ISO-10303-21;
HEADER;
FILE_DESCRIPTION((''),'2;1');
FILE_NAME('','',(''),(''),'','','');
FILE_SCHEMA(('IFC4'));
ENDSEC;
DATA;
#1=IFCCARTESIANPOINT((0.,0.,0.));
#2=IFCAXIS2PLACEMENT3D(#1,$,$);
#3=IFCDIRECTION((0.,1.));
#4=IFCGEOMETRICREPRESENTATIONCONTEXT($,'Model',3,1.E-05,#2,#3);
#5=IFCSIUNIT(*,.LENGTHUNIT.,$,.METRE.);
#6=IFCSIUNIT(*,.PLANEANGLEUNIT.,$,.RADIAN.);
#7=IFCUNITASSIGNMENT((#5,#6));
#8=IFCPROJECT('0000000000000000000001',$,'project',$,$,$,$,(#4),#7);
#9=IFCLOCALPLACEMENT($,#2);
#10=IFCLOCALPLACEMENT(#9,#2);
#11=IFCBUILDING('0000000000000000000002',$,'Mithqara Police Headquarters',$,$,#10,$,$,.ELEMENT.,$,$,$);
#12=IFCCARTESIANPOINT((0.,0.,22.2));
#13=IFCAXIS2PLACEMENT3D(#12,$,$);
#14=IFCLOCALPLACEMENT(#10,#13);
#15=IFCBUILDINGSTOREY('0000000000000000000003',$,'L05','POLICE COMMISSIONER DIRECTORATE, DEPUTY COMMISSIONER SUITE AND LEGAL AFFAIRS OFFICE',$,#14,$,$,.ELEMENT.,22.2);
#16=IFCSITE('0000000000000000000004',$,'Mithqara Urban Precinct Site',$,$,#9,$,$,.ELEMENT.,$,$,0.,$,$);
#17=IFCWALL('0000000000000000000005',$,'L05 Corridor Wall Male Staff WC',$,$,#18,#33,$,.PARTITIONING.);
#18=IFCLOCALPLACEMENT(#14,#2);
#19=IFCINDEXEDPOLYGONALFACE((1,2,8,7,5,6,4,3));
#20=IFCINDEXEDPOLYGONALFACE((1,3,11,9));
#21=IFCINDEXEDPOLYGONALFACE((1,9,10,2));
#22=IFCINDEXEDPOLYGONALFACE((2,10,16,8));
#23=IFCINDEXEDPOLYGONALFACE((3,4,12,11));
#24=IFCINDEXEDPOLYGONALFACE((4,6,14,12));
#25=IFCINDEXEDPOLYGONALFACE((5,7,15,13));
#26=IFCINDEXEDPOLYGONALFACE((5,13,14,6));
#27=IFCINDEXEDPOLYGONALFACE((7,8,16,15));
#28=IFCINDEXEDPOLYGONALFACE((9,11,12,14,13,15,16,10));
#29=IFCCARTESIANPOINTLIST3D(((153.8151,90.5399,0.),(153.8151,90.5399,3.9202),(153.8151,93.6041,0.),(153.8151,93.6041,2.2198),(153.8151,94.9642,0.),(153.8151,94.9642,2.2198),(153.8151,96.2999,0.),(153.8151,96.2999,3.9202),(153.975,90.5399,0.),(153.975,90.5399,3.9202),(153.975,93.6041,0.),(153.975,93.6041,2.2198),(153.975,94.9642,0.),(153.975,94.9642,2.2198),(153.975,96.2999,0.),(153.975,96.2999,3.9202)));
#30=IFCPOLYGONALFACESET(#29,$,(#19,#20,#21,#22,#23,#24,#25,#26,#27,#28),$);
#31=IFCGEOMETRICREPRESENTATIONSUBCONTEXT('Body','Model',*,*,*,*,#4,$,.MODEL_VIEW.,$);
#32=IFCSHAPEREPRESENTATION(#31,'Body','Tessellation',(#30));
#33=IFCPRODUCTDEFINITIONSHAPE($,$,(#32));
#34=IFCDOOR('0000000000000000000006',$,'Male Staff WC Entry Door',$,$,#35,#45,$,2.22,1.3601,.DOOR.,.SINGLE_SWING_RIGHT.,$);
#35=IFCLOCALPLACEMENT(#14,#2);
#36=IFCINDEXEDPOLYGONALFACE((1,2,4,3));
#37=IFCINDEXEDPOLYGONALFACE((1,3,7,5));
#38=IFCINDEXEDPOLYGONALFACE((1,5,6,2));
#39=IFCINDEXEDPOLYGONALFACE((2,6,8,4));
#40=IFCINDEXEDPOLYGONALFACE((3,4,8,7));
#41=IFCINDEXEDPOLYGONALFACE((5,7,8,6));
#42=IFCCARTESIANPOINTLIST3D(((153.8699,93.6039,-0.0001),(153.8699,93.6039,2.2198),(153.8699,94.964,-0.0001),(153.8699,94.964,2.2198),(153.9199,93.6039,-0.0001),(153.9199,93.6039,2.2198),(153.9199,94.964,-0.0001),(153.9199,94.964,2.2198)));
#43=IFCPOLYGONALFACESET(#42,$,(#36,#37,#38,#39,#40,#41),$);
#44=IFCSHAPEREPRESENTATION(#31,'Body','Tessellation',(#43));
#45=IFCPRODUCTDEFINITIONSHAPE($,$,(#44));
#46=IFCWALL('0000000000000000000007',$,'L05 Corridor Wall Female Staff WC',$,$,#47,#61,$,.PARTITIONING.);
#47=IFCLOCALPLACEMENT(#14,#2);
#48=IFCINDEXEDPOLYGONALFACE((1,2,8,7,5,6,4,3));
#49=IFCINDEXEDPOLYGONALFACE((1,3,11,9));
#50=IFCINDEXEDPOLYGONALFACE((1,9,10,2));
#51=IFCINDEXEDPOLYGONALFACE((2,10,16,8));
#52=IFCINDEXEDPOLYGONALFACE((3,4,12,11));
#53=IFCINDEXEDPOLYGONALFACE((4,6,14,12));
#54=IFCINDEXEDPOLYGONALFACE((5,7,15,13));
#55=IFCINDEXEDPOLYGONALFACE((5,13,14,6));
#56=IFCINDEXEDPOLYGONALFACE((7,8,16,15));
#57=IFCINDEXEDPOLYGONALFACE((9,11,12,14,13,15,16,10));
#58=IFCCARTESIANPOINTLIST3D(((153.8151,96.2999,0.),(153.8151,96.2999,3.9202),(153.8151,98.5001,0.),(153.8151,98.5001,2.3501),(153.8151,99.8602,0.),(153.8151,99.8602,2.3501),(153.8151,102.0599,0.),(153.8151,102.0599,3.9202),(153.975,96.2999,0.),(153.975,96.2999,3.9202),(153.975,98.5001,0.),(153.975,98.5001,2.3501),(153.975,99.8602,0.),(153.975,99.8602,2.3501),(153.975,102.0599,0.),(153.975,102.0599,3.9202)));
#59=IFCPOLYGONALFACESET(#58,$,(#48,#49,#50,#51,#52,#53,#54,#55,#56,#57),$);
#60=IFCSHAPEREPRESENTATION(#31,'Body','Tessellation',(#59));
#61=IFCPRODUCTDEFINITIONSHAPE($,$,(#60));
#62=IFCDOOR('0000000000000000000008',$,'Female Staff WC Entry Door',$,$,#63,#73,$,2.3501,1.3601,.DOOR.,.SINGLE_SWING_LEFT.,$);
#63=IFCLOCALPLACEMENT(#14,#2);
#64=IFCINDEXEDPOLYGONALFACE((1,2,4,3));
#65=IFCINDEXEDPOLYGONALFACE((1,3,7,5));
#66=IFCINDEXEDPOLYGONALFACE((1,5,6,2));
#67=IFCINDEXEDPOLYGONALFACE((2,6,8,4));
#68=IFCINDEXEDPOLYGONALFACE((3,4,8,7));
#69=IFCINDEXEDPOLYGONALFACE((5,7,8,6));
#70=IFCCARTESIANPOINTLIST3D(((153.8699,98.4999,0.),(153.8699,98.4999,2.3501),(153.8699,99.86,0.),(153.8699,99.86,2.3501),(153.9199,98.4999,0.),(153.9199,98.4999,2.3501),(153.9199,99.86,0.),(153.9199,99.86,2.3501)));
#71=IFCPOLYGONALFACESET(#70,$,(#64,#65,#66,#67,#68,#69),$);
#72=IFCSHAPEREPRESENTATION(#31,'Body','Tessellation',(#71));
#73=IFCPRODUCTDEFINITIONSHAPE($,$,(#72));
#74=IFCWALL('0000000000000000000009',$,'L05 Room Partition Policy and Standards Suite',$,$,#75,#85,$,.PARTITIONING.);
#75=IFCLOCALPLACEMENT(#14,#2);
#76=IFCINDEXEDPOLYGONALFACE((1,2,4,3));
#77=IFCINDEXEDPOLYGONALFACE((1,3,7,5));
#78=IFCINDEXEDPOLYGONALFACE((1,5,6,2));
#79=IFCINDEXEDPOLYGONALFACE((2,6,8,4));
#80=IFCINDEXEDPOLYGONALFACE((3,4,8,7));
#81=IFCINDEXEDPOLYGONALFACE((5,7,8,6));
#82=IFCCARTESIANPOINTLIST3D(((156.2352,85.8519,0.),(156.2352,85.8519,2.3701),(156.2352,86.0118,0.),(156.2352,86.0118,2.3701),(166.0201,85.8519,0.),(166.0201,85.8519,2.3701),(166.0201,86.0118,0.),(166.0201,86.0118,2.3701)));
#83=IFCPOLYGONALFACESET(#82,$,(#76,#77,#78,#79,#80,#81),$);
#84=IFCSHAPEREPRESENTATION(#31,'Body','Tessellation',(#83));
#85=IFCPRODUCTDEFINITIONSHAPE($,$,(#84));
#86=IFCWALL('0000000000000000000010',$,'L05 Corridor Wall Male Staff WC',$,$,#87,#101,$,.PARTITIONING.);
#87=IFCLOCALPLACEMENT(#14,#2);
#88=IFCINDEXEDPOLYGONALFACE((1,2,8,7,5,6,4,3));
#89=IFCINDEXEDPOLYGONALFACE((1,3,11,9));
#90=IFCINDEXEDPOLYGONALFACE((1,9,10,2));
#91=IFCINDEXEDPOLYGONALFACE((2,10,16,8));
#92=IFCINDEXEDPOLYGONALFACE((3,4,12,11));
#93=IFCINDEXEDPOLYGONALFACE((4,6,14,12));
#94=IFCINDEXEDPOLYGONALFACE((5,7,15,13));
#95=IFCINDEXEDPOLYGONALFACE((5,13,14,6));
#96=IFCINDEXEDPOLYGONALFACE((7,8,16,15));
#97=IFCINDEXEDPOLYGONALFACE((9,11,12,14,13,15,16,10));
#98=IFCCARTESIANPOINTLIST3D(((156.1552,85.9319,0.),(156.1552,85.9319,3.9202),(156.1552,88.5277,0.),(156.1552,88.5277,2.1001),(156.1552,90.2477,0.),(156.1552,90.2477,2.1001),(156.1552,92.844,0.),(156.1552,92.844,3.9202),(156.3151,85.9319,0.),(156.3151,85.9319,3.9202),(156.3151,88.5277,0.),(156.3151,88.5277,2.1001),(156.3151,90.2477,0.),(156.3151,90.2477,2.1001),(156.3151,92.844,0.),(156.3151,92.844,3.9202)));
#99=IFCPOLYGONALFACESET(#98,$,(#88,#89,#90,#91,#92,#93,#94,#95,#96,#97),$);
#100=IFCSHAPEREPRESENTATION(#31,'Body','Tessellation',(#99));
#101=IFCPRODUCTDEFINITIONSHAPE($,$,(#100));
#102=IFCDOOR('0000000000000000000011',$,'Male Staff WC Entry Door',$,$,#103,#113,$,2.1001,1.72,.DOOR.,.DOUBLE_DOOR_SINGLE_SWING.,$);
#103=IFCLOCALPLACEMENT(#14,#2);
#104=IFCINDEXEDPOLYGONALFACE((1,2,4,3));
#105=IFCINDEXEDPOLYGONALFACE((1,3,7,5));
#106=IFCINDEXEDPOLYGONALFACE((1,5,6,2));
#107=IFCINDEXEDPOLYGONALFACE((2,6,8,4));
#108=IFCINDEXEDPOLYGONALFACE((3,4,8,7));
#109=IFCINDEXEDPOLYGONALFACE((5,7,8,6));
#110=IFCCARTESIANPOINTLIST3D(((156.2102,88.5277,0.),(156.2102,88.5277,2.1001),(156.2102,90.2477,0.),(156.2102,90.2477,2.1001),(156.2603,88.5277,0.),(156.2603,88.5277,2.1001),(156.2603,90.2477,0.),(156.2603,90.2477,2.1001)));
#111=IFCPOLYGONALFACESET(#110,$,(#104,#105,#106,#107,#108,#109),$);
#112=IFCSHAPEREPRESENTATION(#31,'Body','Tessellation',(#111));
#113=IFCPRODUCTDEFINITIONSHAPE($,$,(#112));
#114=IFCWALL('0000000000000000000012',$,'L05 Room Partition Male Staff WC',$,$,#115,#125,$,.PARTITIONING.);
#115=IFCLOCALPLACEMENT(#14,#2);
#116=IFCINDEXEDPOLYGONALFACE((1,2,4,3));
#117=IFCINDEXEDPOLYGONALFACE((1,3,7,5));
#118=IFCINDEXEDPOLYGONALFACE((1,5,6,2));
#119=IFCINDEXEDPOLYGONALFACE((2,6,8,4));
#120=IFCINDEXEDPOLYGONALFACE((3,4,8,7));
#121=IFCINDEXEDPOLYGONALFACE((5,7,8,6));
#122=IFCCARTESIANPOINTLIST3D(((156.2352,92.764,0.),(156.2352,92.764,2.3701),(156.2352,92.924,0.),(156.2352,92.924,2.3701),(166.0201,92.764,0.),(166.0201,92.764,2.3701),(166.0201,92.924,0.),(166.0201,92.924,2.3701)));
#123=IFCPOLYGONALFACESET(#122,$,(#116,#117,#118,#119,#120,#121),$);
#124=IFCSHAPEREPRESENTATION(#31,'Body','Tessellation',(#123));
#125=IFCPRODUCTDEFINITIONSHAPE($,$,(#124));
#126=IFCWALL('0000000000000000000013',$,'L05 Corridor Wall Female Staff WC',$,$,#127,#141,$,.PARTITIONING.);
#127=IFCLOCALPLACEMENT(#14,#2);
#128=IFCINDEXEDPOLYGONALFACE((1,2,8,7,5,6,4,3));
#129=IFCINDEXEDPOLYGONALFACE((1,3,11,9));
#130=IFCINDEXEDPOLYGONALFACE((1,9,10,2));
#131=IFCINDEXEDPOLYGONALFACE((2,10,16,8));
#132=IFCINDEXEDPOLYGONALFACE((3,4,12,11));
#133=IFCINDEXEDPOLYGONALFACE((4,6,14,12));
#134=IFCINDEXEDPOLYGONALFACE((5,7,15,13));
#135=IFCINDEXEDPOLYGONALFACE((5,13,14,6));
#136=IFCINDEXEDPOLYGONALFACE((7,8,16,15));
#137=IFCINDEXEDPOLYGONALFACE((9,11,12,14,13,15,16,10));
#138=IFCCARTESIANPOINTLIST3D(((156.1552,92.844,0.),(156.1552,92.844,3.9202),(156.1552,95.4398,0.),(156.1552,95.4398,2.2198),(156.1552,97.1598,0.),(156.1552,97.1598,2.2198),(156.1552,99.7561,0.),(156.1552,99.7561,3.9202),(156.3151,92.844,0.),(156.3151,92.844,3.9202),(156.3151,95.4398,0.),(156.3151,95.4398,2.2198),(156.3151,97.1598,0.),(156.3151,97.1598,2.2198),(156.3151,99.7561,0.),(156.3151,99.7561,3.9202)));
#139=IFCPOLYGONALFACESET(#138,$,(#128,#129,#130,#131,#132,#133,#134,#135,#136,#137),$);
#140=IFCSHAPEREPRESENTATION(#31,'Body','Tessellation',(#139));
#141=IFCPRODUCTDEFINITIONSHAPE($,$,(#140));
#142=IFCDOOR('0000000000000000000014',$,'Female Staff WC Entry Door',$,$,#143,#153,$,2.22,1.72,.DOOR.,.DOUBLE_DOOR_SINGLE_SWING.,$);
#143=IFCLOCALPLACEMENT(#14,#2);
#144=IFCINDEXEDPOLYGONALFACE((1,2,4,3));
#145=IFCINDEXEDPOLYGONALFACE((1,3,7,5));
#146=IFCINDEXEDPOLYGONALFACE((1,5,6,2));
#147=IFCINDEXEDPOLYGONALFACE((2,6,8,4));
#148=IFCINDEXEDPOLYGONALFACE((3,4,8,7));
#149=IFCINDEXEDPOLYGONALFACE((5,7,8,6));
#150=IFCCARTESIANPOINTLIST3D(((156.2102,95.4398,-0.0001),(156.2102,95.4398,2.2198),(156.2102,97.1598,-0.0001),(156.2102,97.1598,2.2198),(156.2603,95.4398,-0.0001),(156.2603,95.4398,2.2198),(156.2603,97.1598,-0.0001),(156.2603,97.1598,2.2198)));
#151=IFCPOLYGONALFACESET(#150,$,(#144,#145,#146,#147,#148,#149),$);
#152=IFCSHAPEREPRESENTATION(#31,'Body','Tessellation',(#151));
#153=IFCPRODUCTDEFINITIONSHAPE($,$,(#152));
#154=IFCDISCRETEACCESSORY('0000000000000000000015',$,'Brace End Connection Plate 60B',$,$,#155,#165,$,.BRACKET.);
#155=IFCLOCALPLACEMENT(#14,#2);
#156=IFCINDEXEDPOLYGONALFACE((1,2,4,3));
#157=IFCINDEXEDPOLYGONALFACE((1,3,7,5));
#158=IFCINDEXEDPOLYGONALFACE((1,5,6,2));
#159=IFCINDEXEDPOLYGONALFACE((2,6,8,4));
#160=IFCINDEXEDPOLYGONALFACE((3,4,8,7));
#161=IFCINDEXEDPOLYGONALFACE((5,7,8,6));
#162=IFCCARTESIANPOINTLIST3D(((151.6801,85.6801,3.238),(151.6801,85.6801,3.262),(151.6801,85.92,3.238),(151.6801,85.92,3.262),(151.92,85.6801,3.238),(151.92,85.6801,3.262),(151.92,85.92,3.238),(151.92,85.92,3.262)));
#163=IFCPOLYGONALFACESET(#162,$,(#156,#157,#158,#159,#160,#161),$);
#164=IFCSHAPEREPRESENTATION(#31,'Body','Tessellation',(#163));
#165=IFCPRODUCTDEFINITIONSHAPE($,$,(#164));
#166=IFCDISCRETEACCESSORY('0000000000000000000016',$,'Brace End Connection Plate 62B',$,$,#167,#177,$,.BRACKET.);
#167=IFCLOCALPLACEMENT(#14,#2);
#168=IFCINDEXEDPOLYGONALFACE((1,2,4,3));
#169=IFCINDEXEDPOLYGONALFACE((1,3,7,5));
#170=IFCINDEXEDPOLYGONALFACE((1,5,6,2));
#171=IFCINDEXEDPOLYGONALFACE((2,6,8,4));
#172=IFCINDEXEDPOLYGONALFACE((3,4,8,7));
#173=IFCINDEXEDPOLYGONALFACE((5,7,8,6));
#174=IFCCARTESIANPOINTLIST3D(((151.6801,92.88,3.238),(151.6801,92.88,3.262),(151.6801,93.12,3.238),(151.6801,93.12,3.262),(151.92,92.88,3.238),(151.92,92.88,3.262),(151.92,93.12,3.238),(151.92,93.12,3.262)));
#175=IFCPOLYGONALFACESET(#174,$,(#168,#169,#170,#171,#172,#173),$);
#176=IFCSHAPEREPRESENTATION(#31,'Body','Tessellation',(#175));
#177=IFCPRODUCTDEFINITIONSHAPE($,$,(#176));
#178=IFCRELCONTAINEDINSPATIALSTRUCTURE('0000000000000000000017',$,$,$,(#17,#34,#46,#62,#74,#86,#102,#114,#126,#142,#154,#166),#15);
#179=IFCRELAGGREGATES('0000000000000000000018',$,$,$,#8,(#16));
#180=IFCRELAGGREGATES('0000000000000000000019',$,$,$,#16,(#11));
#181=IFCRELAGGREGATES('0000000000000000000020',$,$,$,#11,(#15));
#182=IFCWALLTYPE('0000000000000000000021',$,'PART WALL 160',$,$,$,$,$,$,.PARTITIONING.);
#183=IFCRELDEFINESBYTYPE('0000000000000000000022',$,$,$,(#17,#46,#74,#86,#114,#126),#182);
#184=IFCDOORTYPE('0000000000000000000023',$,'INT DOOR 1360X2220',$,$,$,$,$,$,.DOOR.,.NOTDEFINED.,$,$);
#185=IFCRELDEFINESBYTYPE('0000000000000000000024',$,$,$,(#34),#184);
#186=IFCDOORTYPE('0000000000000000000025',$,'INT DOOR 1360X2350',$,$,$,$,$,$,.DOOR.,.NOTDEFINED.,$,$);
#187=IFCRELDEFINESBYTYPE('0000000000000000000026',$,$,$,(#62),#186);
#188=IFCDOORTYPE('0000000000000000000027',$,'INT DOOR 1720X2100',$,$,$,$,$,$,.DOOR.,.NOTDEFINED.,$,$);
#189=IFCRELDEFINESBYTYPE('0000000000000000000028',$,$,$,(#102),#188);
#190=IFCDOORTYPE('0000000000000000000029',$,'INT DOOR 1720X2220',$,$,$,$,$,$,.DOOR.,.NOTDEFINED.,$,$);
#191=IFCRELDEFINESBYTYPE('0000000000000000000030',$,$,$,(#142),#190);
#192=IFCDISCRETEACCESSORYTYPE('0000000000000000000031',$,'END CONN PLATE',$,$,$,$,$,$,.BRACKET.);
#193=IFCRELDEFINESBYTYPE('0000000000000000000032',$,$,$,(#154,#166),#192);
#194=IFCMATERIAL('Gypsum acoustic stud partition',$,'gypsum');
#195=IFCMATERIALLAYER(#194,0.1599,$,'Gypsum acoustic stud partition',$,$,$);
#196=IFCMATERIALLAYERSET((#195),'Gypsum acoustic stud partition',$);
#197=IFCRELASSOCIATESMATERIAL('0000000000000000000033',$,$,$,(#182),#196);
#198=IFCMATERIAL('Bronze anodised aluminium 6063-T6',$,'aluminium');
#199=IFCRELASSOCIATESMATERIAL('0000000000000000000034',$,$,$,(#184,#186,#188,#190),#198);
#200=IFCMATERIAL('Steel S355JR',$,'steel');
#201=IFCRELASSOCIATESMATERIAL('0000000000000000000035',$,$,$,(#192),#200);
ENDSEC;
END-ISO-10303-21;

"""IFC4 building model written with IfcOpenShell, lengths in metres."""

from ifc_helpers import new_model, si_unit, direction, frame, frame_2d, origin, origin_2d, place, context, subcontext, project, spatial, rectangle, extrude, material, layer, layer_set, type_object, element, fill, save


model = new_model("IFC4")

# Units and contexts
model_context = context("Model", 3, precision=1e-05, world=origin(), true_north=direction((0.0, 1.0)))
body_context = subcontext(model_context, "Body", "Model", "MODEL_VIEW")
ifc_project = project(units=[si_unit("LENGTHUNIT", "METRE"), si_unit("PLANEANGLEUNIT", "RADIAN")], contexts=[model_context])

# Site, building, storey
site_placement = place(None, origin())
site = spatial("IfcSite", under=ifc_project, at=site_placement, Name="Mithqara Urban Precinct Site", CompositionType="ELEMENT", RefElevation=0.0)
building_placement = place(site_placement, origin())
building = spatial("IfcBuilding", under=site, at=building_placement, Name="Mithqara Police Headquarters", CompositionType="ELEMENT")
storey_placement = place(building_placement, frame((0.0, 0.0, 22.2)))
storey = spatial("IfcBuildingStorey", under=building, at=storey_placement, Name="L05", Description="POLICE COMMISSIONER DIRECTORATE, DEPUTY COMMISSIONER SUITE AND LEGAL AFFAIRS OFFICE", CompositionType="ELEMENT", Elevation=22.2)

# Shared definitions
ifc_material_1 = material(Name="Steel S355JR", Category="steel")

# Walls, openings, doors
ifc_material_2 = material(Name="Gypsum acoustic stud partition", Category="gypsum")
ifc_layer = layer(ifc_material_2, 0.1599, Name="Gypsum acoustic stud partition")
ifc_layer_set = layer_set([ifc_layer], Name="Gypsum acoustic stud partition")
wall_type = type_object("IfcWallType", Name="PART WALL 160", PredefinedType="PARTITIONING", material=ifc_layer_set)
wall_1_placement = place(storey_placement, frame((153.895, 90.54, 0.0), z_axis=(0.0, 0.0, 1.0), x_axis=(0.0, 1.0, 0.0)))
wall_1 = element("IfcWall", 1, at=wall_1_placement, inside=storey, type_object=wall_type, Name="L05 Corridor Wall Male Staff WC", PredefinedType="PARTITIONING", context=body_context, shape_type="SweptSolid", body=[
    extrude(rectangle(XDim=5.76, YDim=0.1599, at=frame_2d((2.8799, 0.0))), origin(), (0.0, 0.0, 1.0), 3.9202),
])
opening_1_placement = place(wall_1_placement, frame((3.064, 0.0, 0.0)))
opening_1 = element("IfcOpeningElement", 2, at=opening_1_placement, cuts=wall_1, PredefinedType="OPENING", context=body_context, shape_type="SweptSolid", body=[
    extrude(rectangle(XDim=1.3601, YDim=2.22, at=frame_2d((0.6802, 1.1099))), frame((0.0, 0.0898, 0.0), z_axis=(0.0, -1.0, 0.0), x_axis=(1.0, 0.0, 0.0)), (0.0, 0.0, 1.0), 0.1799),
])
ifc_material_3 = material(Name="Bronze anodised aluminium 6063-T6", Category="aluminium")
door_type_1 = type_object("IfcDoorType", Name="INT DOOR 1360X2220", OperationType="NOTDEFINED", PredefinedType="DOOR", material=ifc_material_3)
door_1_placement = place(opening_1_placement, frame((1.3601, 0.0, 0.0), z_axis=(0.0, 0.0, 1.0), x_axis=(-1.0, 0.0, 0.0)))
door_1 = element("IfcDoor", 3, at=door_1_placement, inside=storey, type_object=door_type_1, Name="Male Staff WC Entry Door", OperationType="SINGLE_SWING_RIGHT", OverallHeight=2.22, OverallWidth=1.3601, PredefinedType="DOOR", context=body_context, shape_type="SweptSolid", body=[
    extrude(rectangle(XDim=1.3601, YDim=2.22, at=frame_2d((0.6802, 1.1099))), frame((0.0, 0.0249, 0.0), z_axis=(0.0, -1.0, 0.0), x_axis=(1.0, 0.0, 0.0)), (0.0, 0.0, 1.0), 0.05),
])
fill(opening_1, door_1)
wall_2_placement = place(storey_placement, frame((153.895, 96.3, 0.0), z_axis=(0.0, 0.0, 1.0), x_axis=(0.0, 1.0, 0.0)))
wall_2 = element("IfcWall", 4, at=wall_2_placement, inside=storey, type_object=wall_type, Name="L05 Corridor Wall Female Staff WC", PredefinedType="PARTITIONING", context=body_context, shape_type="SweptSolid", body=[
    extrude(rectangle(XDim=5.76, YDim=0.1599, at=frame_2d((2.8799, 0.0))), origin(), (0.0, 0.0, 1.0), 3.9202),
])
opening_2_placement = place(wall_2_placement, frame((2.2, 0.0, 0.0)))
opening_2 = element("IfcOpeningElement", 5, at=opening_2_placement, cuts=wall_2, PredefinedType="OPENING", context=body_context, shape_type="SweptSolid", body=[
    extrude(rectangle(XDim=1.3601, YDim=2.3501, at=frame_2d((0.6802, 1.175))), frame((0.0, 0.0898, 0.0), z_axis=(0.0, -1.0, 0.0), x_axis=(1.0, 0.0, 0.0)), (0.0, 0.0, 1.0), 0.1799),
])
door_type_2 = type_object("IfcDoorType", Name="INT DOOR 1360X2350", OperationType="NOTDEFINED", PredefinedType="DOOR", material=ifc_material_3)
door_2_placement = place(opening_2_placement, frame((1.3601, 0.0, 0.0), z_axis=(0.0, 0.0, 1.0), x_axis=(-1.0, 0.0, 0.0)))
door_2 = element("IfcDoor", 6, at=door_2_placement, inside=storey, type_object=door_type_2, Name="Female Staff WC Entry Door", OperationType="SINGLE_SWING_LEFT", OverallHeight=2.3501, OverallWidth=1.3601, PredefinedType="DOOR", context=body_context, shape_type="SweptSolid", body=[
    extrude(rectangle(XDim=1.3601, YDim=2.3501, at=frame_2d((0.6802, 1.175))), frame((0.0, 0.0249, 0.0), z_axis=(0.0, -1.0, 0.0), x_axis=(1.0, 0.0, 0.0)), (0.0, 0.0, 1.0), 0.05),
])
fill(opening_2, door_2)

# Wall
wall_3_placement = place(storey_placement, frame((156.2351, 85.9319, 0.0), z_axis=(0.0, 0.0, 1.0), x_axis=(1.0, 0.0, 0.0)))
element("IfcWall", 7, at=wall_3_placement, inside=storey, type_object=wall_type, Name="L05 Room Partition Policy and Standards Suite", PredefinedType="PARTITIONING", context=body_context, shape_type="SweptSolid", body=[
    extrude(rectangle(XDim=9.7849, YDim=0.1599, at=frame_2d((4.8926, 0.0))), origin(), (0.0, 0.0, 1.0), 2.3701),
])

# Wall, opening, door
wall_4_placement = place(storey_placement, frame((156.2351, 85.9319, 0.0), z_axis=(0.0, 0.0, 1.0), x_axis=(0.0, 1.0, 0.0)))
wall_4 = element("IfcWall", 8, at=wall_4_placement, inside=storey, type_object=wall_type, Name="L05 Corridor Wall Male Staff WC", PredefinedType="PARTITIONING", context=body_context, shape_type="SweptSolid", body=[
    extrude(rectangle(XDim=6.9121, YDim=0.1599, at=frame_2d((3.4561, 0.0))), origin(), (0.0, 0.0, 1.0), 3.9202),
])
opening_3_placement = place(wall_4_placement, frame((2.5959, 0.0, 0.0)))
opening_3 = element("IfcOpeningElement", 9, at=opening_3_placement, cuts=wall_4, PredefinedType="OPENING", context=body_context, shape_type="SweptSolid", body=[
    extrude(rectangle(XDim=1.72, YDim=2.1001, at=frame_2d((0.8599, 1.05))), frame((0.0, 0.0898, 0.0), z_axis=(0.0, -1.0, 0.0), x_axis=(1.0, 0.0, 0.0)), (0.0, 0.0, 1.0), 0.1799),
])
door_type_3 = type_object("IfcDoorType", Name="INT DOOR 1720X2100", OperationType="NOTDEFINED", PredefinedType="DOOR", material=ifc_material_3)
door_3_placement = place(opening_3_placement, origin())
door_3 = element("IfcDoor", 10, at=door_3_placement, inside=storey, type_object=door_type_3, Name="Male Staff WC Entry Door", OperationType="DOUBLE_DOOR_SINGLE_SWING", OverallHeight=2.1001, OverallWidth=1.72, PredefinedType="DOOR", context=body_context, shape_type="SweptSolid", body=[
    extrude(rectangle(XDim=1.72, YDim=2.1001, at=frame_2d((0.8599, 1.05))), frame((0.0, 0.0249, 0.0), z_axis=(0.0, -1.0, 0.0), x_axis=(1.0, 0.0, 0.0)), (0.0, 0.0, 1.0), 0.05),
])
fill(opening_3, door_3)

# Wall
wall_5_placement = place(storey_placement, frame((156.2351, 92.844, 0.0), z_axis=(0.0, 0.0, 1.0), x_axis=(1.0, 0.0, 0.0)))
element("IfcWall", 11, at=wall_5_placement, inside=storey, type_object=wall_type, Name="L05 Room Partition Male Staff WC", PredefinedType="PARTITIONING", context=body_context, shape_type="SweptSolid", body=[
    extrude(rectangle(XDim=9.7849, YDim=0.1599, at=frame_2d((4.8926, 0.0))), origin(), (0.0, 0.0, 1.0), 2.3701),
])

# Wall, opening, door
wall_6_placement = place(storey_placement, frame((156.2351, 92.844, 0.0), z_axis=(0.0, 0.0, 1.0), x_axis=(0.0, 1.0, 0.0)))
wall_6 = element("IfcWall", 12, at=wall_6_placement, inside=storey, type_object=wall_type, Name="L05 Corridor Wall Female Staff WC", PredefinedType="PARTITIONING", context=body_context, shape_type="SweptSolid", body=[
    extrude(rectangle(XDim=6.9121, YDim=0.1599, at=frame_2d((3.4561, 0.0))), origin(), (0.0, 0.0, 1.0), 3.9202),
])
opening_4_placement = place(wall_6_placement, frame((2.5959, 0.0, 0.0)))
opening_4 = element("IfcOpeningElement", 13, at=opening_4_placement, cuts=wall_6, PredefinedType="OPENING", context=body_context, shape_type="SweptSolid", body=[
    extrude(rectangle(XDim=1.72, YDim=2.22, at=frame_2d((0.8599, 1.1099))), frame((0.0, 0.0898, 0.0), z_axis=(0.0, -1.0, 0.0), x_axis=(1.0, 0.0, 0.0)), (0.0, 0.0, 1.0), 0.1799),
])
door_type_4 = type_object("IfcDoorType", Name="INT DOOR 1720X2220", OperationType="NOTDEFINED", PredefinedType="DOOR", material=ifc_material_3)
door_4_placement = place(opening_4_placement, origin())
door_4 = element("IfcDoor", 14, at=door_4_placement, inside=storey, type_object=door_type_4, Name="Female Staff WC Entry Door", OperationType="DOUBLE_DOOR_SINGLE_SWING", OverallHeight=2.22, OverallWidth=1.72, PredefinedType="DOOR", context=body_context, shape_type="SweptSolid", body=[
    extrude(rectangle(XDim=1.72, YDim=2.22, at=frame_2d((0.8599, 1.1099))), frame((0.0, 0.0249, 0.0), z_axis=(0.0, -1.0, 0.0), x_axis=(1.0, 0.0, 0.0)), (0.0, 0.0, 1.0), 0.05),
])
fill(opening_4, door_4)

# Discrete accessories
discrete_accessory_type = type_object("IfcDiscreteAccessoryType", Name="END CONN PLATE", PredefinedType="BRACKET", material=ifc_material_1)
for number, where, z_axis, x_axis, name in (
    (15, (151.8, 85.8, 3.238), (0.0, 0.0, 1.0), (1.0, 0.0, 0.0), "Brace End Connection Plate 60B"),
    (16, (151.8, 93.0, 3.238), (0.0, 0.0, 1.0), (1.0, 0.0, 0.0), "Brace End Connection Plate 62B"),
):
    element("IfcDiscreteAccessory", number, at=place(storey_placement, frame(where, z_axis=z_axis, x_axis=x_axis)), inside=storey, type_object=discrete_accessory_type, Name=name, PredefinedType="BRACKET", context=body_context, shape_type="SweptSolid", body=[
        extrude(rectangle(XDim=0.24, YDim=0.24, at=origin_2d()), origin(), (0.0, 0.0, 1.0), 0.0239),
    ])

save(model, "model.ifc")
